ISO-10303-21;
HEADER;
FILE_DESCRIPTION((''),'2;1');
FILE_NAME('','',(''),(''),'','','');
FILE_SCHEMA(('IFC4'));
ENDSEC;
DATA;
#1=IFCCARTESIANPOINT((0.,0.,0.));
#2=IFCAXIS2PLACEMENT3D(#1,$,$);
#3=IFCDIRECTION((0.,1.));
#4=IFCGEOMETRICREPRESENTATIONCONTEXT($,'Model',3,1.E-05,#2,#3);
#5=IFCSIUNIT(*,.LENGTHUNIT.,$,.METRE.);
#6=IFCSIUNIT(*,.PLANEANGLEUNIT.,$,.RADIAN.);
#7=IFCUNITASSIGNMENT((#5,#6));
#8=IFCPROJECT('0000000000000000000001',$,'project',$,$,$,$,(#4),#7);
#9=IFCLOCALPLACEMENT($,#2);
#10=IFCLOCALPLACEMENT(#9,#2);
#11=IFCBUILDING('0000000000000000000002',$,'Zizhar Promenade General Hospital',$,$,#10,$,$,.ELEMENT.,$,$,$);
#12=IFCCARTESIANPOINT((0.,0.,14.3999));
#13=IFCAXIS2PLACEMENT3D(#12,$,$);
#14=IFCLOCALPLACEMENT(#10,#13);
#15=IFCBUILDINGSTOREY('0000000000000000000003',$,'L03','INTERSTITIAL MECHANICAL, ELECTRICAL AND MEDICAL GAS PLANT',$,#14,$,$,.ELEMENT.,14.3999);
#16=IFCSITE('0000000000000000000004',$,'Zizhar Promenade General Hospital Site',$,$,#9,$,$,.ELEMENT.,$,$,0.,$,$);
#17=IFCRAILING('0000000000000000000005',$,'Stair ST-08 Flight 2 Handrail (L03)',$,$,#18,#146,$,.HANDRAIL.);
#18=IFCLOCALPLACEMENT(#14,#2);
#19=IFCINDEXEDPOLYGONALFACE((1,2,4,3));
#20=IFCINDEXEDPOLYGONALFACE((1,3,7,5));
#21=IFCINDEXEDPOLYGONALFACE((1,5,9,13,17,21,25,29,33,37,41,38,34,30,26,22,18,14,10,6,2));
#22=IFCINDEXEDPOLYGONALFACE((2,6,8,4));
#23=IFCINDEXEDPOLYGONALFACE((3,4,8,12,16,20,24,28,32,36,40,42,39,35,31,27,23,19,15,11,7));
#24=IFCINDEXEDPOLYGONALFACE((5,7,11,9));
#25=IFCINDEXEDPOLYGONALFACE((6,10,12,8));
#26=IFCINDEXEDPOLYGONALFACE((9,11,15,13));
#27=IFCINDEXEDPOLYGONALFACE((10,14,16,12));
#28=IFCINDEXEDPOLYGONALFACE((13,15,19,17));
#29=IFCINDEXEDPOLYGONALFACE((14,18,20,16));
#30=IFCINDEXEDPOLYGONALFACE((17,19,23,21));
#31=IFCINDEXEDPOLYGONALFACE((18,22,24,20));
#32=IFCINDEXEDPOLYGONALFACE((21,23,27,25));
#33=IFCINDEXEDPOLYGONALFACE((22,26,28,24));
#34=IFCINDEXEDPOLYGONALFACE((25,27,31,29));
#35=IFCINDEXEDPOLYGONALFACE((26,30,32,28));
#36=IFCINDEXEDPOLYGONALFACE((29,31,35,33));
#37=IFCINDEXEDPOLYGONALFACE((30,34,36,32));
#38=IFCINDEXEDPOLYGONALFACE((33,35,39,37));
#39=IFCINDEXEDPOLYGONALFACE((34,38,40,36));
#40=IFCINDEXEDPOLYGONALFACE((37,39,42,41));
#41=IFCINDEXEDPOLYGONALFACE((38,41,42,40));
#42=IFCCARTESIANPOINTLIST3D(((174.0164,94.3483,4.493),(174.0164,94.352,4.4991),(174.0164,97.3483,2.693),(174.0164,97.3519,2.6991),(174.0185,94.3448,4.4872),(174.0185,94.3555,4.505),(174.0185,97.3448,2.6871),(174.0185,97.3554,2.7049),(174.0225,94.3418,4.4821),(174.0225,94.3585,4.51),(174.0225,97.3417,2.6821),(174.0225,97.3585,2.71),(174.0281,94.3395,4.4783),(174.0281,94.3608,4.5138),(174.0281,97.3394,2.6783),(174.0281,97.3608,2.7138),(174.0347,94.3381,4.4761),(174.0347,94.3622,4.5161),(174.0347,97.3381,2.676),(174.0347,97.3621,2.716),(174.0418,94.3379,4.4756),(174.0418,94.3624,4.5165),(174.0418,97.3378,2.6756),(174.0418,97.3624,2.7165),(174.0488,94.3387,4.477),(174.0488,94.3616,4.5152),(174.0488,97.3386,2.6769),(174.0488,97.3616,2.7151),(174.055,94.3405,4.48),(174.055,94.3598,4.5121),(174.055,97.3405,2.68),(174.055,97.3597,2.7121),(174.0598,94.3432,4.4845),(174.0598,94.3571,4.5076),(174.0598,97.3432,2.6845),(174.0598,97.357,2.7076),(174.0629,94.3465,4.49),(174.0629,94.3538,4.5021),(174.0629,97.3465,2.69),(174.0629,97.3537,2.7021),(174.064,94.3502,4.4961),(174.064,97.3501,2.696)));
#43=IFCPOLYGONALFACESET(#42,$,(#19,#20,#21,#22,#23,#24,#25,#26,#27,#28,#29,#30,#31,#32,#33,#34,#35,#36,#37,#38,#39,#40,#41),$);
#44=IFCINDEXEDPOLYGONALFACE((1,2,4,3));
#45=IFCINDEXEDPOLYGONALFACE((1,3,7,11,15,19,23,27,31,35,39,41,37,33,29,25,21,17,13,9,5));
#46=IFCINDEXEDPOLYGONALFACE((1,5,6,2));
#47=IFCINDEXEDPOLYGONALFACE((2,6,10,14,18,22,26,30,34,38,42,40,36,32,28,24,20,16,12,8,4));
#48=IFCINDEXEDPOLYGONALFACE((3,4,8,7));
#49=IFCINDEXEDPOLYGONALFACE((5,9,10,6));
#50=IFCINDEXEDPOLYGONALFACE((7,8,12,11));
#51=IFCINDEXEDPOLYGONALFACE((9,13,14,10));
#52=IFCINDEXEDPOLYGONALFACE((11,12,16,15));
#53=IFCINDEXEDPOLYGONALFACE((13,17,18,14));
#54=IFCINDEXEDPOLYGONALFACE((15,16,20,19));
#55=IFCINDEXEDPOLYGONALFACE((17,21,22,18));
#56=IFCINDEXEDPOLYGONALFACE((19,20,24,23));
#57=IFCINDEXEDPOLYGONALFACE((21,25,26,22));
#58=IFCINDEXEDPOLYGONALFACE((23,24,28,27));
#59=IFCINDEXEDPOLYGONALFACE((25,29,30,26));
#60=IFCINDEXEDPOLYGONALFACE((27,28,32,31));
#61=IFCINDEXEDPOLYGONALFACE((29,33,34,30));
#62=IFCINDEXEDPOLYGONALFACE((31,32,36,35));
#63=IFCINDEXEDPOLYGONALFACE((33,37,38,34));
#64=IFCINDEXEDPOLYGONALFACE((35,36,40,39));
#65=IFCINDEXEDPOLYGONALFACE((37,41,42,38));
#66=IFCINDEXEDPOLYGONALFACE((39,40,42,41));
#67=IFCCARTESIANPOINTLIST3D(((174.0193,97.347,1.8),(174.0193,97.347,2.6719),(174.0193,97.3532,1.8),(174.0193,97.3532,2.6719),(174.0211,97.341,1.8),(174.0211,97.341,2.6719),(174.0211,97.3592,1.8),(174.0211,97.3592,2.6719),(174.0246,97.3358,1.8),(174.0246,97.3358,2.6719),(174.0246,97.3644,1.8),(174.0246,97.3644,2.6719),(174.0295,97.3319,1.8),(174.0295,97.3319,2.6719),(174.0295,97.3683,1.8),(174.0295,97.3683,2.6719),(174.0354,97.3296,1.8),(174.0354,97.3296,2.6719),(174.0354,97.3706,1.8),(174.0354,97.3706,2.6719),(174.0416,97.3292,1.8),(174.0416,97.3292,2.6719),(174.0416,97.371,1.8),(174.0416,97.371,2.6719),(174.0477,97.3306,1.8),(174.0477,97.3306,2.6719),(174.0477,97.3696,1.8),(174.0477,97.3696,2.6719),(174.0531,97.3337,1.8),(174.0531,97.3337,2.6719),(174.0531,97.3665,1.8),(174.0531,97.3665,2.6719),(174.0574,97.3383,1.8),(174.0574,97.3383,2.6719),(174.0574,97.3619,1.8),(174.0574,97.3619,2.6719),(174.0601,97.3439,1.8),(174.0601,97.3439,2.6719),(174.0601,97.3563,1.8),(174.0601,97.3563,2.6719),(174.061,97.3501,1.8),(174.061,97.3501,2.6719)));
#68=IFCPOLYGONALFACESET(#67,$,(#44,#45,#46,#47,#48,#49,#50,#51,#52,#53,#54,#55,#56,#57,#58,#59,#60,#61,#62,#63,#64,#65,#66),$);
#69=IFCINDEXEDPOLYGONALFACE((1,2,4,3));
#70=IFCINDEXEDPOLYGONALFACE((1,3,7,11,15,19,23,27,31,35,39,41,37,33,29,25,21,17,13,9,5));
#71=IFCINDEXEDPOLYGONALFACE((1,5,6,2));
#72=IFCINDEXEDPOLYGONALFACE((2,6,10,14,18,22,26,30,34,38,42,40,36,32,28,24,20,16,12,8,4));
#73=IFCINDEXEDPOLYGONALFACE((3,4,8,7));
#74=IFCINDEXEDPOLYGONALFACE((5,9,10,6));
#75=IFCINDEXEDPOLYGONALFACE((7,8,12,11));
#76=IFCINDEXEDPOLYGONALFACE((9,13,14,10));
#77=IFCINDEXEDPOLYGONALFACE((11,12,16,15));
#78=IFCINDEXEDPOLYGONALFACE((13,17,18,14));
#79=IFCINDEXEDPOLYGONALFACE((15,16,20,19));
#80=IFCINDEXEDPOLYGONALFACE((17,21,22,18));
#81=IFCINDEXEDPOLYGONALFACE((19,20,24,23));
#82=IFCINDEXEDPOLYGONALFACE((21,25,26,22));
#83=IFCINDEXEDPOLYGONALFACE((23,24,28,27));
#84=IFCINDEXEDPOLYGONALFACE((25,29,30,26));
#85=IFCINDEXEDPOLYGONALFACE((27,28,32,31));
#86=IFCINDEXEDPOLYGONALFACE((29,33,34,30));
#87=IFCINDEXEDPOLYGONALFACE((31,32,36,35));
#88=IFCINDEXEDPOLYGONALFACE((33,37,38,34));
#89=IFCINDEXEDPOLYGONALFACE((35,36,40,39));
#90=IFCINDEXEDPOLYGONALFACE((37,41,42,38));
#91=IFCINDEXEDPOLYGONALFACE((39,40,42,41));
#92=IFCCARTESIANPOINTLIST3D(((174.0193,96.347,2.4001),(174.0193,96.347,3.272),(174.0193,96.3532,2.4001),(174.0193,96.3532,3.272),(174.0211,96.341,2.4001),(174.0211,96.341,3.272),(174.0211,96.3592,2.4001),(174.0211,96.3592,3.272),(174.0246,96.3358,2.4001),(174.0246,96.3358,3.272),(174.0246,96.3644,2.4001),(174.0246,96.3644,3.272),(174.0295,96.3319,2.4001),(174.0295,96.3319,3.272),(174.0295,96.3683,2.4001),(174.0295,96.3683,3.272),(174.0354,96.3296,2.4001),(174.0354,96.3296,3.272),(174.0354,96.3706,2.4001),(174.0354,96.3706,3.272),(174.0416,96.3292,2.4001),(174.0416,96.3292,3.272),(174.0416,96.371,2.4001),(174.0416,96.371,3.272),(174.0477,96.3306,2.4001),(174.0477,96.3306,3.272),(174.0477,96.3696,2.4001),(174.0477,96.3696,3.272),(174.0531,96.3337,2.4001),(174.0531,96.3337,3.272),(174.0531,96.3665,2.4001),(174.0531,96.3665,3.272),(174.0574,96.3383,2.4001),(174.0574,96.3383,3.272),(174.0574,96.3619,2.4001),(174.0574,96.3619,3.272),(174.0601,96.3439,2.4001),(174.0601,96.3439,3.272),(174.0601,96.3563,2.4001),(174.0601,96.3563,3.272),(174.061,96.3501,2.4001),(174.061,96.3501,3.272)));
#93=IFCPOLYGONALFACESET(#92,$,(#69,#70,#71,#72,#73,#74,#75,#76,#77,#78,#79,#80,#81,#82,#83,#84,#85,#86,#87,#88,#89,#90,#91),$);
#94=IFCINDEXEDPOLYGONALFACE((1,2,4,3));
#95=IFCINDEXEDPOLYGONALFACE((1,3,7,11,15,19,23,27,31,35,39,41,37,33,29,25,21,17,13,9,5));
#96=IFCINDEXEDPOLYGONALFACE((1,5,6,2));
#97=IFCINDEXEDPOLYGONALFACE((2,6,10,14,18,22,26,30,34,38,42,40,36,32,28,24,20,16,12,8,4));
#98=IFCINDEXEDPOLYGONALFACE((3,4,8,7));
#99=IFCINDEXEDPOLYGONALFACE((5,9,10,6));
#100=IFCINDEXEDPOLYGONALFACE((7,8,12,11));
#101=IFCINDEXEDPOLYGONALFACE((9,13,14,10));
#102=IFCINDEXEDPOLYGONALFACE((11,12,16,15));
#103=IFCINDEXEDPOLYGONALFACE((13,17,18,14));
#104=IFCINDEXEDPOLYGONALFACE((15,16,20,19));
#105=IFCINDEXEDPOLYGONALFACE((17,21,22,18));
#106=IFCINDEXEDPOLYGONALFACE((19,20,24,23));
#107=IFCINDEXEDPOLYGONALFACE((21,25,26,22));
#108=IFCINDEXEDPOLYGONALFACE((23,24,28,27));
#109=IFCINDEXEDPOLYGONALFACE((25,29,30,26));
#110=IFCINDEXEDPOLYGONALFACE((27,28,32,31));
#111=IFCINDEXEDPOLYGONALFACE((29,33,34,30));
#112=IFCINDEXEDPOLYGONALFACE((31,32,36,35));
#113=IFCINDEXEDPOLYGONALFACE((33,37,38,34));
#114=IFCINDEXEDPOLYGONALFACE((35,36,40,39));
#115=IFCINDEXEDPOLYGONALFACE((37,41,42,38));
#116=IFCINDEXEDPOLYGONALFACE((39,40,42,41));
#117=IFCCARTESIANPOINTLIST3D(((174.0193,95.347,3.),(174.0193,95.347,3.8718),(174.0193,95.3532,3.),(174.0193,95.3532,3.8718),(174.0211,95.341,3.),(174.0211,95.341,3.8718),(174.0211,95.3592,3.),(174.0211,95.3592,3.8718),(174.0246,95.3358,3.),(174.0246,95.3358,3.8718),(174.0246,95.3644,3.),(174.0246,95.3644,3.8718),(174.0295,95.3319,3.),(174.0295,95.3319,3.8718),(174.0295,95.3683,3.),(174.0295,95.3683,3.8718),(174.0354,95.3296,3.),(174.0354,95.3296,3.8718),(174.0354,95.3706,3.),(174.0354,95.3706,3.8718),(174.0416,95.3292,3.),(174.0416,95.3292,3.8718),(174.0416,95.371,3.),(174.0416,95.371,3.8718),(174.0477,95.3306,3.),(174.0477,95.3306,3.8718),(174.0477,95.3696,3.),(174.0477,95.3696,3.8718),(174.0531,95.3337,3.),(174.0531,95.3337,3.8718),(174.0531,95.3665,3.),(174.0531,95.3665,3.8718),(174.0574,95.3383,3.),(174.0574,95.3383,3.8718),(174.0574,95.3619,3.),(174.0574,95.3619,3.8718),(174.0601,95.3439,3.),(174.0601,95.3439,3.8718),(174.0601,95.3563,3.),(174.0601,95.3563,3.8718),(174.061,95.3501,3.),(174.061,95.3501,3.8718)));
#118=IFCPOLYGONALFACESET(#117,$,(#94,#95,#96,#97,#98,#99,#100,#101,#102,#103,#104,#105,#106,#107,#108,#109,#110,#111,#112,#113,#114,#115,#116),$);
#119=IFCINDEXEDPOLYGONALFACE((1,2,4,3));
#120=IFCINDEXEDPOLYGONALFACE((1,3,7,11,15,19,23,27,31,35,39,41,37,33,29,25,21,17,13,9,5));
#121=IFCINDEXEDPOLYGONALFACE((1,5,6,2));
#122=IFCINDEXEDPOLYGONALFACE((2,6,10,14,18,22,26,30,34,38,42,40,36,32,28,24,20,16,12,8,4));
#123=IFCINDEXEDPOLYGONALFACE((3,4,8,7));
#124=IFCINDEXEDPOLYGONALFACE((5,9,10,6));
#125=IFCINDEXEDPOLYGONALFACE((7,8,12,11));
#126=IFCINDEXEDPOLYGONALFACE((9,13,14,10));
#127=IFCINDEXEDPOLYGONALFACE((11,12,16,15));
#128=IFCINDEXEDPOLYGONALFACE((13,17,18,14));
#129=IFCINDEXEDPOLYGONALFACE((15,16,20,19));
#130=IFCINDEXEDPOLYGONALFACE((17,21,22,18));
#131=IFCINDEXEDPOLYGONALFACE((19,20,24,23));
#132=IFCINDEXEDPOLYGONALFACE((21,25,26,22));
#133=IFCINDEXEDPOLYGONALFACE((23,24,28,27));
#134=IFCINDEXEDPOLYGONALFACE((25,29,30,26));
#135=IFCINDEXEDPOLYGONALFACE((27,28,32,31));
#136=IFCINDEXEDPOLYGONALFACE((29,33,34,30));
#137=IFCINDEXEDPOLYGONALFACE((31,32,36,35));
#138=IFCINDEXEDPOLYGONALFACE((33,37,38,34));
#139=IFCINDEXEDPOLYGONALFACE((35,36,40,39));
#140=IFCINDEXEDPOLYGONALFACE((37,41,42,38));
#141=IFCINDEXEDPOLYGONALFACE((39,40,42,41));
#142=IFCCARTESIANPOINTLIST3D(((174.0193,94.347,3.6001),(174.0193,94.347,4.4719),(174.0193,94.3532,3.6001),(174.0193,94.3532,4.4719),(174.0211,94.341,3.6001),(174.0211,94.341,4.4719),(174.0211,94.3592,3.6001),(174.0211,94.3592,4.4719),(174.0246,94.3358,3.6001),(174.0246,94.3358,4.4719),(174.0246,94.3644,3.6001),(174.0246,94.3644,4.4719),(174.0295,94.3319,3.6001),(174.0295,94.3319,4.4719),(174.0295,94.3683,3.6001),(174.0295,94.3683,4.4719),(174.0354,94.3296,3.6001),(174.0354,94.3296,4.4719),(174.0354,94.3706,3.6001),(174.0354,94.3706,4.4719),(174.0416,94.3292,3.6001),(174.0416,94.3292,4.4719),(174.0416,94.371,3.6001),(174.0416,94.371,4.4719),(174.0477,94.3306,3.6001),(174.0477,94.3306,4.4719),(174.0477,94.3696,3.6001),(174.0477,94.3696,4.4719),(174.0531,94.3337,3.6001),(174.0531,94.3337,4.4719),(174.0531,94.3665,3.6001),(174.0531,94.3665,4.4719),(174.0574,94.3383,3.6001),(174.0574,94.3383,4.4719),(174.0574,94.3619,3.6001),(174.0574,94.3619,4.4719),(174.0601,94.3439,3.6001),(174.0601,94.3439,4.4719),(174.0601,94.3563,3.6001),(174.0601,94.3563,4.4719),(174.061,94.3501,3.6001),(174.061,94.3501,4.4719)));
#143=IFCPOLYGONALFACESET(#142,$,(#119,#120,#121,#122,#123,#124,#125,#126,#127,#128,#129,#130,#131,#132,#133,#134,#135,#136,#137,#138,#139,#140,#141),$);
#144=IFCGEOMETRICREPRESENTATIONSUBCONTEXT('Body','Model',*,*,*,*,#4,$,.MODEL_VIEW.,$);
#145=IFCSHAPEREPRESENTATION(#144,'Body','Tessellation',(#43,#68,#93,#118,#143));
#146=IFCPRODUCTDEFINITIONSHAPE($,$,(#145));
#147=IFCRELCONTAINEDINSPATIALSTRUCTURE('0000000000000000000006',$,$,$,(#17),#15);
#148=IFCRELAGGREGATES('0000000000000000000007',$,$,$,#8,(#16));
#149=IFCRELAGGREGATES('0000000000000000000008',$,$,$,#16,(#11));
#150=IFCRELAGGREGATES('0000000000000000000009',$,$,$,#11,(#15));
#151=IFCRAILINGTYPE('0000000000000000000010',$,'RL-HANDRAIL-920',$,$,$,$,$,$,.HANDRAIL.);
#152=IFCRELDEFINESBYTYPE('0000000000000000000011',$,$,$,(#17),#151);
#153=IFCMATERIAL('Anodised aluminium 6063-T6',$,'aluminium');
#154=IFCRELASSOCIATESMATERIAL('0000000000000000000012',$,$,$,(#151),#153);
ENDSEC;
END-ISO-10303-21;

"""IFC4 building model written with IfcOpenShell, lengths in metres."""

from ifc_helpers import new_model, si_unit, direction, frame, origin, origin_2d, place, context, subcontext, project, spatial, circle, hollow_circle, extrude, material, material_profile, profile_set, type_object, element, save


model = new_model("IFC4")

# Units and contexts
model_context = context("Model", 3, precision=1e-05, world=origin(), true_north=direction((0.0, 1.0)))
body_context = subcontext(model_context, "Body", "Model", "MODEL_VIEW")
ifc_project = project(units=[si_unit("LENGTHUNIT", "METRE"), si_unit("PLANEANGLEUNIT", "RADIAN")], contexts=[model_context])

# Site, building, storey
site_placement = place(None, origin())
site = spatial("IfcSite", under=ifc_project, at=site_placement, Name="Zizhar Promenade General Hospital Site", CompositionType="ELEMENT", RefElevation=0.0)
building_placement = place(site_placement, origin())
building = spatial("IfcBuilding", under=site, at=building_placement, Name="Zizhar Promenade General Hospital", CompositionType="ELEMENT")
storey_placement = place(building_placement, frame((0.0, 0.0, 14.3999)))
storey = spatial("IfcBuildingStorey", under=building, at=storey_placement, Name="L03", Description="INTERSTITIAL MECHANICAL, ELECTRICAL AND MEDICAL GAS PLANT", CompositionType="ELEMENT", Elevation=14.3999)

# Railing
ifc_material_1 = material(Name="Anodised aluminium 6063-T6", Category="aluminium")
ifc_material_profile_1 = material_profile(ifc_material_1, hollow_circle(Radius=0.0698, WallThickness=0.0063, at=origin_2d()))
ifc_profile_set_1 = profile_set([ifc_material_profile_1], Name="Anodised aluminium 6063-T6")
railing_type_1 = type_object("IfcRailingType", Name="RL-HANDRAIL-920", PredefinedType="HANDRAIL", material=ifc_profile_set_1)
railing_1_placement = place(storey_placement, frame((174.04, 97.3501, 1.8)))
element("IfcRailing", 1, at=railing_1_placement, inside=storey, type_object=railing_type_1, Name="Stair ST-08 Flight 2 Handrail (L03)", PredefinedType="HANDRAIL", context=body_context, shape_type="SweptSolid", body=[
    extrude(circle(Radius=0.0239, at=origin_2d()), frame((0.0, 0.0, 0.896), z_axis=(0.0, -0.857487, 0.514506), x_axis=(1.0, 0.0, 0.0)), (0.0, 0.0, 1.0), 3.4985),
    extrude(circle(Radius=0.021, at=origin_2d()), origin(), (0.0, 0.0, 1.0), 0.8718),
    extrude(circle(Radius=0.021, at=origin_2d()), frame((0.0, -1.0, 0.6001)), (0.0, 0.0, 1.0), 0.8718),
    extrude(circle(Radius=0.021, at=origin_2d()), frame((0.0, -2.0, 1.2)), (0.0, 0.0, 1.0), 0.8718),
    extrude(circle(Radius=0.021, at=origin_2d()), frame((0.0, -3.0, 1.8)), (0.0, 0.0, 1.0), 0.8718),
])

save(model, "model.ifc")
